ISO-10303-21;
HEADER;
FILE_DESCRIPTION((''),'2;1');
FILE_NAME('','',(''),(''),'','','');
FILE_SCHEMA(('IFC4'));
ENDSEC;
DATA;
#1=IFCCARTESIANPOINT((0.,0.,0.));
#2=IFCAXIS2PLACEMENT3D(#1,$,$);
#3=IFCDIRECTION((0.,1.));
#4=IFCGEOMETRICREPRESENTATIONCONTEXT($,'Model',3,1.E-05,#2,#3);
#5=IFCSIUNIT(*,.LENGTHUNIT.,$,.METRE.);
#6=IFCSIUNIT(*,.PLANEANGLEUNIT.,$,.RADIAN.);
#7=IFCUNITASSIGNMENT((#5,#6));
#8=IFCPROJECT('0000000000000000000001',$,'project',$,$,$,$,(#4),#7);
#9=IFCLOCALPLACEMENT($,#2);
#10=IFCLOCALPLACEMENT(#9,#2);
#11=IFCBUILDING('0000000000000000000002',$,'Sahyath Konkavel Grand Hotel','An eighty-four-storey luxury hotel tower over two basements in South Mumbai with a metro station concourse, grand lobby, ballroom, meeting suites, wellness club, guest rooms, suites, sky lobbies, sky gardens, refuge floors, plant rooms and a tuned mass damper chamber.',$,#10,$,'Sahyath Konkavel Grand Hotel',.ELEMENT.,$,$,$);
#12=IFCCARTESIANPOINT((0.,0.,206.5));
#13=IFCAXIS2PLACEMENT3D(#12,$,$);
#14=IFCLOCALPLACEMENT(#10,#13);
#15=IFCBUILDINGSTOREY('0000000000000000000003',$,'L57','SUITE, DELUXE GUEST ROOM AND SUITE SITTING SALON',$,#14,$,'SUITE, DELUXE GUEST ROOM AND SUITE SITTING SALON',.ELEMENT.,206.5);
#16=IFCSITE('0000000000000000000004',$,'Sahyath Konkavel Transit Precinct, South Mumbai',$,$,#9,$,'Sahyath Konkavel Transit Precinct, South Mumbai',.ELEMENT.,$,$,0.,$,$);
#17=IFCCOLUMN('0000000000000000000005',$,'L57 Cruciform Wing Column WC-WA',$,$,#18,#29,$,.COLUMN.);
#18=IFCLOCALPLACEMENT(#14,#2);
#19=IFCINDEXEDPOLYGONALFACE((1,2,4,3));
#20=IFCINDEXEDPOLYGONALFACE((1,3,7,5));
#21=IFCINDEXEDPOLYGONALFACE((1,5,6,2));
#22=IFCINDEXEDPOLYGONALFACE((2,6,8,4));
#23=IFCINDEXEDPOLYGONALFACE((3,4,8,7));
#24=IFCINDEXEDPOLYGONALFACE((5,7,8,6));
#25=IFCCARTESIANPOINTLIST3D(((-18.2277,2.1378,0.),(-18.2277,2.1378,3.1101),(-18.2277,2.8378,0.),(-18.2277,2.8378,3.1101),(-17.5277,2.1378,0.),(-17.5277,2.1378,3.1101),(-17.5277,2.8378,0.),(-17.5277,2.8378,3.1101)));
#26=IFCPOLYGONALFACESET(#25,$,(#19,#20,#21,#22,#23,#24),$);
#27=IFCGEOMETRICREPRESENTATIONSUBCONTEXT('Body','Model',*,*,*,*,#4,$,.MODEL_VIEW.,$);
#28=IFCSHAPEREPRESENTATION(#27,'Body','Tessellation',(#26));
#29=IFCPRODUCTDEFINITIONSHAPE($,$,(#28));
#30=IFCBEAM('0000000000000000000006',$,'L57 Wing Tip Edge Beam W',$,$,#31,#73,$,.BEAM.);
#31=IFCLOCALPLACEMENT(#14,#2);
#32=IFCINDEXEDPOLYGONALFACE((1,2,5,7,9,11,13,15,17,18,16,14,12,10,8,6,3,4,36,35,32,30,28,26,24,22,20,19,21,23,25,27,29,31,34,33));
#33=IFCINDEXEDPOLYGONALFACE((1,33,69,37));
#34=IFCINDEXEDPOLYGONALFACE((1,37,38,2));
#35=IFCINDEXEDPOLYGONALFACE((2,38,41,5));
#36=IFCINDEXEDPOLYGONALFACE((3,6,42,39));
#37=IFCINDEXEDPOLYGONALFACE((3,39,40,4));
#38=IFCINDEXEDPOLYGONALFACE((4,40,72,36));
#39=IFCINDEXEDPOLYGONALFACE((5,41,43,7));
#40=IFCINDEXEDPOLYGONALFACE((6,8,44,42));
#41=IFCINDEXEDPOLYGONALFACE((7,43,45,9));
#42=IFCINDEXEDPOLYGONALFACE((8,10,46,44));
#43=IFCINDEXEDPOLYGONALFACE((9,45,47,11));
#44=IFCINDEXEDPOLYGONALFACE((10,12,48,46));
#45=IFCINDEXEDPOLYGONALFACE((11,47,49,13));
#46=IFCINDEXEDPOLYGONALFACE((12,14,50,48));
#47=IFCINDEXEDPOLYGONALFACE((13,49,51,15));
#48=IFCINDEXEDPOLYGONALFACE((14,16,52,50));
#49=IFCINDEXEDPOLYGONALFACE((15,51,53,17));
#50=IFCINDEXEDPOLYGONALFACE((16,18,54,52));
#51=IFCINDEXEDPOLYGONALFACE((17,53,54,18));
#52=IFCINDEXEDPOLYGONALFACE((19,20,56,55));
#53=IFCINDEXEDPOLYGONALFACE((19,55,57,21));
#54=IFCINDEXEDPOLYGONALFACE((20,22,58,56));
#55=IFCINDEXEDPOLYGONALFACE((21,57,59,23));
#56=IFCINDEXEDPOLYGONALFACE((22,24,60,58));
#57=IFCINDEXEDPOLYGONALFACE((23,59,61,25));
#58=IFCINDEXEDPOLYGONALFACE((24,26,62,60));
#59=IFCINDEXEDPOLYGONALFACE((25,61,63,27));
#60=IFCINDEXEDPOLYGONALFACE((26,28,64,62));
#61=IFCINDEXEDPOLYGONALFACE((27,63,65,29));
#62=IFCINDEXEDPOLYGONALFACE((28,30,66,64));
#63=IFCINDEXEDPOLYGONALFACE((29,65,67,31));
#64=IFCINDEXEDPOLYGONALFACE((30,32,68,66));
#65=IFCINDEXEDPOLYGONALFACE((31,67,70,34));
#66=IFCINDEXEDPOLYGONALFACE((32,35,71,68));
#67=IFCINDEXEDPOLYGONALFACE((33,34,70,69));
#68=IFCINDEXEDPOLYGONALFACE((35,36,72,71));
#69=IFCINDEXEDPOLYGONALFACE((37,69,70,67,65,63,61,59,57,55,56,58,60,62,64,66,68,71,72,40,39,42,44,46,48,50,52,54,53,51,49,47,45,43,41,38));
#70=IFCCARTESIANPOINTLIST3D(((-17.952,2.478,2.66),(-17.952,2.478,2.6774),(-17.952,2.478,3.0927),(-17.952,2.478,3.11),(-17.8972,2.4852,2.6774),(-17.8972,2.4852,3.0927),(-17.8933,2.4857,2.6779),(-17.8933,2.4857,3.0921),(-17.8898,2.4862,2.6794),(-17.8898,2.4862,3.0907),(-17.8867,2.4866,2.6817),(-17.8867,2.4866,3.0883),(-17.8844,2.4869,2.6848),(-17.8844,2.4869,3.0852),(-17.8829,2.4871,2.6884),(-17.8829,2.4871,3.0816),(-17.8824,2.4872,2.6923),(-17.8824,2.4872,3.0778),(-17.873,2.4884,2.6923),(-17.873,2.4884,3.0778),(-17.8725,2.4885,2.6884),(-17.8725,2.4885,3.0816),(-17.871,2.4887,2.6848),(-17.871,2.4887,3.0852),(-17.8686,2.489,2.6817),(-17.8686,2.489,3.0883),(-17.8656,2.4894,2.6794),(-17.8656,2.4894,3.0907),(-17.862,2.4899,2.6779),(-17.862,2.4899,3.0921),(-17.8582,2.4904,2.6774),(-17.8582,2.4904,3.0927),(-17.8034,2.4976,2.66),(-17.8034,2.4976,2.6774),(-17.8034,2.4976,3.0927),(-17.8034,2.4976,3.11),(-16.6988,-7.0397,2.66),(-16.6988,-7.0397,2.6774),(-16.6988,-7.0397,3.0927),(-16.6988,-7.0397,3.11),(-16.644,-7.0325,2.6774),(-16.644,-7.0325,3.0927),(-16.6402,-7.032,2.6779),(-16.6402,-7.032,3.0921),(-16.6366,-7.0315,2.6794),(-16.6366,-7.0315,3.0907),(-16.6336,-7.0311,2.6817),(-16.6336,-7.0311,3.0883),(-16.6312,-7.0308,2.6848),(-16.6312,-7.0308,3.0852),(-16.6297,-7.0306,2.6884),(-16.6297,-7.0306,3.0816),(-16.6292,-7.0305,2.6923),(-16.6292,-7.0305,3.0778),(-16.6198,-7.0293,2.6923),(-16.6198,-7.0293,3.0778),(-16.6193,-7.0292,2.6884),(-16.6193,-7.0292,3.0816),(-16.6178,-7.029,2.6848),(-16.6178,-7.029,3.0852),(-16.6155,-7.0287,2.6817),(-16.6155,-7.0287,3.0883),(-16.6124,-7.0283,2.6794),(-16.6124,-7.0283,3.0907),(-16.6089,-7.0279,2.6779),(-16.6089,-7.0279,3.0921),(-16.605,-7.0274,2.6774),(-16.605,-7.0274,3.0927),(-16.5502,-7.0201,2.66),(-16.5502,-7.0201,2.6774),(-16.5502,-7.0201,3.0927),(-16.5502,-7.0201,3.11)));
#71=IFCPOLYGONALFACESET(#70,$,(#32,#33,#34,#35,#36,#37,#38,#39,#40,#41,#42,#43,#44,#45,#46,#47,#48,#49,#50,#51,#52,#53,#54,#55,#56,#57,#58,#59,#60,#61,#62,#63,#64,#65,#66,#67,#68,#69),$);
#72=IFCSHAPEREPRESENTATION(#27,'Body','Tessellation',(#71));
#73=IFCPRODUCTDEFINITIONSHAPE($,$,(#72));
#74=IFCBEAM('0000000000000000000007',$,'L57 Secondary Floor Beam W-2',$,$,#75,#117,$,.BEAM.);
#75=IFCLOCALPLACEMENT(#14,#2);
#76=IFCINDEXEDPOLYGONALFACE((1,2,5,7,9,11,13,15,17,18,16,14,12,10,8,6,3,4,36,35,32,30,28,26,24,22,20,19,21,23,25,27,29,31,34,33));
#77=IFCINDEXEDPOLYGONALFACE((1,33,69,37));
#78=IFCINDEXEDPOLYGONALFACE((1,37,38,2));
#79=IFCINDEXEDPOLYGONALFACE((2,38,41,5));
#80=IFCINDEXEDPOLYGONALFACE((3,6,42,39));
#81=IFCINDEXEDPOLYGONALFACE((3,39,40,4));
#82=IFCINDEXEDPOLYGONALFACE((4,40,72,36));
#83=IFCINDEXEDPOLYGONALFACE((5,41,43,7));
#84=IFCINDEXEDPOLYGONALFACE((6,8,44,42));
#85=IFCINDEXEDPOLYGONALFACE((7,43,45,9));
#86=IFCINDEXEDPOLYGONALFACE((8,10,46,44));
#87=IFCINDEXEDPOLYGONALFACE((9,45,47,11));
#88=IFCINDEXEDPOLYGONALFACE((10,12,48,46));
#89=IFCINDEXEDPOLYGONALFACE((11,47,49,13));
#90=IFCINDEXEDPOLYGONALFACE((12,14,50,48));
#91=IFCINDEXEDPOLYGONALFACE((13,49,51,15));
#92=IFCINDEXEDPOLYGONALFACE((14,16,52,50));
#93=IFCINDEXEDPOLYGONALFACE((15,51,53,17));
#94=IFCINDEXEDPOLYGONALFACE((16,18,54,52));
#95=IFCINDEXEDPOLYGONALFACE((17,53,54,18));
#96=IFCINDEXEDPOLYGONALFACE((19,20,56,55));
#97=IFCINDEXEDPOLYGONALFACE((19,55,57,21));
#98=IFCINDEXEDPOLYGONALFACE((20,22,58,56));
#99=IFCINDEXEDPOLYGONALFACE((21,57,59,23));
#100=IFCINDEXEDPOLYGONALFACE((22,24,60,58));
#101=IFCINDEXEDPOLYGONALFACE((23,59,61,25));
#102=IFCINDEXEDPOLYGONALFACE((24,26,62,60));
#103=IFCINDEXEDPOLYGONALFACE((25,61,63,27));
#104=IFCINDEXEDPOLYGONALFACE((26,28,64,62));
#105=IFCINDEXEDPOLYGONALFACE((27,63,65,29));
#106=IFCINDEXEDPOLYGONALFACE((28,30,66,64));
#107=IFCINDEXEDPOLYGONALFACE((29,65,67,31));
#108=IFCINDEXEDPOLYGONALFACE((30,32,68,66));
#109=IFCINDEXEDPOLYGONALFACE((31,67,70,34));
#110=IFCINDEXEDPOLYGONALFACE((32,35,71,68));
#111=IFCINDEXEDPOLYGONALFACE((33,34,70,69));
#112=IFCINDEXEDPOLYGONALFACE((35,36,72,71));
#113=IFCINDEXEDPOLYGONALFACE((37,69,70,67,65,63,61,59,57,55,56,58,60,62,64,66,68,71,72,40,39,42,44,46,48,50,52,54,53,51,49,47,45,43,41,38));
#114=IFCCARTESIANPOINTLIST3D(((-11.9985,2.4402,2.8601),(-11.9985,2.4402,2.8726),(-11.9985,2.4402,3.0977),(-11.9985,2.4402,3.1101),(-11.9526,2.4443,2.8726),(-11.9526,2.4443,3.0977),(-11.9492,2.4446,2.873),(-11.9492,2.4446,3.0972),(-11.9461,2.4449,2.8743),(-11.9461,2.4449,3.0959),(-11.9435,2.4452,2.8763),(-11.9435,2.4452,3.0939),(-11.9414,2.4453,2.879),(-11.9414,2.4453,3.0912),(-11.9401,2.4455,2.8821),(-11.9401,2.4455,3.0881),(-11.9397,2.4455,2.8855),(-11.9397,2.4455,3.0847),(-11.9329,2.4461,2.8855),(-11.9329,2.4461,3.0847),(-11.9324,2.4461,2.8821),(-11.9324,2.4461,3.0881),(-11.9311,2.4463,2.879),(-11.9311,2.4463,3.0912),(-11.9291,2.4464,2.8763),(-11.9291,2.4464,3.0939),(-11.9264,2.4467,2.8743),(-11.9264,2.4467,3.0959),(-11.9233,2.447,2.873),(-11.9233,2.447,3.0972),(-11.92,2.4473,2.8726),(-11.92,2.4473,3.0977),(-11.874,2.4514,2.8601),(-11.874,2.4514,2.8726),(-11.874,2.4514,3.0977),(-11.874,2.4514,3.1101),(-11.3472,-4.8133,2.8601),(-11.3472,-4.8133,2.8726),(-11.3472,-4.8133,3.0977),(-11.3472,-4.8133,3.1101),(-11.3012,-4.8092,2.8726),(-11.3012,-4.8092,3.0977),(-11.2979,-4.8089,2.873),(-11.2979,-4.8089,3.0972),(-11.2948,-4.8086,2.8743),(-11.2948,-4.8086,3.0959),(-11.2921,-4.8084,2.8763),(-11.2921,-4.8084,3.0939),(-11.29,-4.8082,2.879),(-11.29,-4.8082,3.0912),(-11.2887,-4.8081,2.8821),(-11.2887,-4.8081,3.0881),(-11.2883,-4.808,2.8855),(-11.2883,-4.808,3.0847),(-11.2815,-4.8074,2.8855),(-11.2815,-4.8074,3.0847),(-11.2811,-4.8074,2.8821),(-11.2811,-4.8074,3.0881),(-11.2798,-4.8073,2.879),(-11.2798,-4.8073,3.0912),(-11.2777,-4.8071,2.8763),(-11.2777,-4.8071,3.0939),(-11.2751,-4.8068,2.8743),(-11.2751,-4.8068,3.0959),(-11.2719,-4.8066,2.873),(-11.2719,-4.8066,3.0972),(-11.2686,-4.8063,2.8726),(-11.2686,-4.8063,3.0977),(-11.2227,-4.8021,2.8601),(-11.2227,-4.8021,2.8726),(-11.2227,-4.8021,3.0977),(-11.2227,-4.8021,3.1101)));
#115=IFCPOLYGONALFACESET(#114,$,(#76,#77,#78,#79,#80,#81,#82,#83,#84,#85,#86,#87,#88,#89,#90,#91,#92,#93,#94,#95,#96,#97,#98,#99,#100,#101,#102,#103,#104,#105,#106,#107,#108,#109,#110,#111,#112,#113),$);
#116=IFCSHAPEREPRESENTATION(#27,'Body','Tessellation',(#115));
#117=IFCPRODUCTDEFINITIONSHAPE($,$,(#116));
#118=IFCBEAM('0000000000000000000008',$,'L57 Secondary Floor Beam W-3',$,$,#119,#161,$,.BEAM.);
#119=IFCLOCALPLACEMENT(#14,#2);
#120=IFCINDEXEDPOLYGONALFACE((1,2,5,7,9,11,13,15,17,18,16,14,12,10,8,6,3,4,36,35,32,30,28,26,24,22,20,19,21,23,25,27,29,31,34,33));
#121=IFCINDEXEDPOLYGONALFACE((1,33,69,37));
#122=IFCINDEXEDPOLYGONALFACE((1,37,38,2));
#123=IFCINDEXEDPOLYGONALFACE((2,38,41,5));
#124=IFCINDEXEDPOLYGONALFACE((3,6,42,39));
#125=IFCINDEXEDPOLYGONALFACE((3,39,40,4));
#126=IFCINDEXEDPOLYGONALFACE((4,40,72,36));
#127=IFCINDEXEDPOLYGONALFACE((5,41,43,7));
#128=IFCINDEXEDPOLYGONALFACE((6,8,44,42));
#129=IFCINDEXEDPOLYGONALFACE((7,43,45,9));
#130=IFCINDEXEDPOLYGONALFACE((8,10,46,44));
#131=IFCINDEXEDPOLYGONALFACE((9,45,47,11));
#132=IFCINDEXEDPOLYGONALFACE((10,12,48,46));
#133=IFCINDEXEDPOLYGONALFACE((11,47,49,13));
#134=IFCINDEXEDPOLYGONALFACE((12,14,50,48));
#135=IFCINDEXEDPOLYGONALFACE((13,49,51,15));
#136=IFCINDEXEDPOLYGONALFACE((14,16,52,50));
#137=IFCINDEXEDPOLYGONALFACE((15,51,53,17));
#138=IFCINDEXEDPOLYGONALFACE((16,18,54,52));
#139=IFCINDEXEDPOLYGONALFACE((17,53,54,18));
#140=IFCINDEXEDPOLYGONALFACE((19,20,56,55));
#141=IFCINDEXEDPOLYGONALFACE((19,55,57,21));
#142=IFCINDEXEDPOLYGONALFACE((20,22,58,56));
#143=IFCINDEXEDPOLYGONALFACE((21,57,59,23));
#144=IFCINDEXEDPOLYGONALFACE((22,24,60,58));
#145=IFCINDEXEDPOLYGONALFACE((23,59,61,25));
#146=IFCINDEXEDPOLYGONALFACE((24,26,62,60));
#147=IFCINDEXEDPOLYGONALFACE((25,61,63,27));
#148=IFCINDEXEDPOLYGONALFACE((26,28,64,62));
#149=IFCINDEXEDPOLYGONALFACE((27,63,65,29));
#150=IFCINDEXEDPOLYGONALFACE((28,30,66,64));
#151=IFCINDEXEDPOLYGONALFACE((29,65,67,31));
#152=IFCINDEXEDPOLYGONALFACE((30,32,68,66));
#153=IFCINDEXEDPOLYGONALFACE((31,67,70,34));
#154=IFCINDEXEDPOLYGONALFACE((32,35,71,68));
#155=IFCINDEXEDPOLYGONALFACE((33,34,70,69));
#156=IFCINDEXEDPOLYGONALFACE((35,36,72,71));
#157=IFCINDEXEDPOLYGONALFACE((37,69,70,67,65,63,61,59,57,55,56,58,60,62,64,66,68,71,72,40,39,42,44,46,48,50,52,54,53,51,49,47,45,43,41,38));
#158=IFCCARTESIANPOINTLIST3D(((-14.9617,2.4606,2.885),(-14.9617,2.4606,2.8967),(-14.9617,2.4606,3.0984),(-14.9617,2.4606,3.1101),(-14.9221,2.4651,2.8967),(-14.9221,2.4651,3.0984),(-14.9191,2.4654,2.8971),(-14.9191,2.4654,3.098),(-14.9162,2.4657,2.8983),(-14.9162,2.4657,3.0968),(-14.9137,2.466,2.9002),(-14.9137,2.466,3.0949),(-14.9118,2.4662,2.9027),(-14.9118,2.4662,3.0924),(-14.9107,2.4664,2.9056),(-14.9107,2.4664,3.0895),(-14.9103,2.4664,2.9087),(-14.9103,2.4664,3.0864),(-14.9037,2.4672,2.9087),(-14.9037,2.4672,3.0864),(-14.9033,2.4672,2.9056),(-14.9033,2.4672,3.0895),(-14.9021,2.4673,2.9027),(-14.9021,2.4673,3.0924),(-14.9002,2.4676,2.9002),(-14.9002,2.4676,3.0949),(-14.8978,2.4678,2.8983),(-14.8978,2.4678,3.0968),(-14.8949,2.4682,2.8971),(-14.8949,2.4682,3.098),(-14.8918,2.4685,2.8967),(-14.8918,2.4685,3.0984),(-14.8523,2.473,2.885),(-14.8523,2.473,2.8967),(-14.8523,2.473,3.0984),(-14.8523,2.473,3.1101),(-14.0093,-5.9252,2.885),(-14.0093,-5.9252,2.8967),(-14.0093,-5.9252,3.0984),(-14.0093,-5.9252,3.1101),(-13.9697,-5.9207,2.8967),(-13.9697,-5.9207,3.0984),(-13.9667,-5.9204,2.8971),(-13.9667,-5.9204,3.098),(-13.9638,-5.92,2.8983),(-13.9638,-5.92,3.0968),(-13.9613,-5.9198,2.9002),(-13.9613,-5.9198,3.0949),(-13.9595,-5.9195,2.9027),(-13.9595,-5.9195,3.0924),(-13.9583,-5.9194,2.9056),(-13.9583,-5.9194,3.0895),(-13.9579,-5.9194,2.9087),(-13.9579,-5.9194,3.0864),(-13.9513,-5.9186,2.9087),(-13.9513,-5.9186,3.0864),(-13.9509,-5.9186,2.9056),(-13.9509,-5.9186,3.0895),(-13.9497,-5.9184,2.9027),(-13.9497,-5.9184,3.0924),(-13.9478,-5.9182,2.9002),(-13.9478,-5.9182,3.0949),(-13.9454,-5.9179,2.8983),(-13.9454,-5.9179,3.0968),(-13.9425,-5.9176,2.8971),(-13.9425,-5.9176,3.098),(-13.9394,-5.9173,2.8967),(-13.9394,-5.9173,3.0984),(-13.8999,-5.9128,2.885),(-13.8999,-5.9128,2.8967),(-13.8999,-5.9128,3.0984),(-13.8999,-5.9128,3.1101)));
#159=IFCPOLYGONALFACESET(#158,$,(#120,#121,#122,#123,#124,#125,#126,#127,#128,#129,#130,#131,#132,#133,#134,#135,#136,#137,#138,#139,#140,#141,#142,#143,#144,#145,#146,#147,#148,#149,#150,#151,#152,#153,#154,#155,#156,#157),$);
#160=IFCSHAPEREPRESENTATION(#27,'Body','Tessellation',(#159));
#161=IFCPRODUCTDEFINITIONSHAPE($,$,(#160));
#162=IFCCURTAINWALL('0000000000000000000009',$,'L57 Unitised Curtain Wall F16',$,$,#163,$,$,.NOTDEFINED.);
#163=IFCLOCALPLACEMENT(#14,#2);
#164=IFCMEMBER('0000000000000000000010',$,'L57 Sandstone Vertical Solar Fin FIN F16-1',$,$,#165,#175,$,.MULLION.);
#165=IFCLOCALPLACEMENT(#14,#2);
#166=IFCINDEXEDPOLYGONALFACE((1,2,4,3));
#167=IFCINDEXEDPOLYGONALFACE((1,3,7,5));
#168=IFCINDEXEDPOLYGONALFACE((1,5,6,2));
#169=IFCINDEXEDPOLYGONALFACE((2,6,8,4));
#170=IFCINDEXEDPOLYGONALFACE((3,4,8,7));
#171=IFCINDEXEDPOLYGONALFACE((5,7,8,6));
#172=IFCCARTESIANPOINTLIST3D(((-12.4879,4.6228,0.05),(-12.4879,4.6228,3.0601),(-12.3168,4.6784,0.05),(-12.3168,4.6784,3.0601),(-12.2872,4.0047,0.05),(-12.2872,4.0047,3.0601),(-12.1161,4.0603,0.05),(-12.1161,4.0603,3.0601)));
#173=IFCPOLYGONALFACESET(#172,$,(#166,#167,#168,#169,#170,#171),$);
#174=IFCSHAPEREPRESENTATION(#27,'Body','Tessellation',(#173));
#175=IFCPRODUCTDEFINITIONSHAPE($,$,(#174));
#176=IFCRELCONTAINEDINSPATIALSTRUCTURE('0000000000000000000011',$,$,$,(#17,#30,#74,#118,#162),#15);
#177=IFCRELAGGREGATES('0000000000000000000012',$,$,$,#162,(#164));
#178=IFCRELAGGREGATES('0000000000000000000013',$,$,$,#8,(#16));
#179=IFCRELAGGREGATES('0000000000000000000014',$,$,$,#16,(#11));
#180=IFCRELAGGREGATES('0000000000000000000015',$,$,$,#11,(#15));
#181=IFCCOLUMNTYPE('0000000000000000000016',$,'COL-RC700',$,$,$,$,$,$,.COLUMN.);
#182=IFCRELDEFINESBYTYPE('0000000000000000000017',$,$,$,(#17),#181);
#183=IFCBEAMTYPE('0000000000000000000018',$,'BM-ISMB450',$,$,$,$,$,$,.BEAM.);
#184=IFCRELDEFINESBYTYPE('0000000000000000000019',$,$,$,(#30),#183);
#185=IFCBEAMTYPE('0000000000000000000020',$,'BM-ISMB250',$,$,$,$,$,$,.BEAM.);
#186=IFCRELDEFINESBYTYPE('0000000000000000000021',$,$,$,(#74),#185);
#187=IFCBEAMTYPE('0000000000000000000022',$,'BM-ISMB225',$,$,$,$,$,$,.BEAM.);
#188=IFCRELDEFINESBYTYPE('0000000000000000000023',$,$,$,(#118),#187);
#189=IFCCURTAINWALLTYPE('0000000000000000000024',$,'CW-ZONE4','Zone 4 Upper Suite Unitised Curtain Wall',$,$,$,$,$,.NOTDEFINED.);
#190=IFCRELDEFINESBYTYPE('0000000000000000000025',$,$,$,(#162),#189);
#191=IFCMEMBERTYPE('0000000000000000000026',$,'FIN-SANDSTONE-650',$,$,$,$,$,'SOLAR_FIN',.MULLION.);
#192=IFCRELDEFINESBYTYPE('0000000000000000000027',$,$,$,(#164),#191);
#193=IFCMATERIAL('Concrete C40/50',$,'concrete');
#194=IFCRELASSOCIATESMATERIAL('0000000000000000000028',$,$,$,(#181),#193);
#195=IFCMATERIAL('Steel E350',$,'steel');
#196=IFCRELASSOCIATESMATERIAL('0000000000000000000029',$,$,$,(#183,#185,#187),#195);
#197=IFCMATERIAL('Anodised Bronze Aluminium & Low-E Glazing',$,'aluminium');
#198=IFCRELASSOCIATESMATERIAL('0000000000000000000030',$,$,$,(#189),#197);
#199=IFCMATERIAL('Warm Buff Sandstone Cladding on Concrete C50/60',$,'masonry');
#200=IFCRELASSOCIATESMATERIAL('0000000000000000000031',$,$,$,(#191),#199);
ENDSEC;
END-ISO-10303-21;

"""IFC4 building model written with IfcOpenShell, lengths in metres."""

from ifc_helpers import new_model, si_unit, direction, frame, origin, origin_2d, place, context, subcontext, project, spatial, rectangle, i_section, extrude, source, transform, mapped, material, material_profile, profile_set, type_object, element, aggregate, save


model = new_model("IFC4")

# Units and contexts
model_context = context("Model", 3, precision=1e-05, world=origin(), true_north=direction((0.0, 1.0)))
body_context = subcontext(model_context, "Body", "Model", "MODEL_VIEW")
ifc_project = project(units=[si_unit("LENGTHUNIT", "METRE"), si_unit("PLANEANGLEUNIT", "RADIAN")], contexts=[model_context])

# Site, building, storey
site_placement = place(None, origin())
site = spatial("IfcSite", under=ifc_project, at=site_placement, Name="Sahyath Konkavel Transit Precinct, South Mumbai", LongName="Sahyath Konkavel Transit Precinct, South Mumbai", CompositionType="ELEMENT", RefElevation=0.0)
building_placement = place(site_placement, origin())
building = spatial("IfcBuilding", under=site, at=building_placement, Name="Sahyath Konkavel Grand Hotel", Description="An eighty-four-storey luxury hotel tower over two basements in South Mumbai with a metro station concourse, grand lobby, ballroom, meeting suites, wellness club, guest rooms, suites, sky lobbies, sky gardens, refuge floors, plant rooms and a tuned mass damper chamber.", LongName="Sahyath Konkavel Grand Hotel", CompositionType="ELEMENT")
storey_placement = place(building_placement, frame((0.0, 0.0, 206.5)))
storey = spatial("IfcBuildingStorey", under=building, at=storey_placement, Name="L57", Description="SUITE, DELUXE GUEST ROOM AND SUITE SITTING SALON", LongName="SUITE, DELUXE GUEST ROOM AND SUITE SITTING SALON", CompositionType="ELEMENT", Elevation=206.5)

# Column
ifc_material_1 = material(Name="Concrete C40/50", Category="concrete")
ifc_material_profile_1 = material_profile(ifc_material_1, rectangle(XDim=0.7, YDim=0.7, at=origin_2d()), Name="RC 700x700")
ifc_profile_set_1 = profile_set([ifc_material_profile_1], Name="Concrete C40/50")
column_type = type_object("IfcColumnType", Name="COL-RC700", PredefinedType="COLUMN", material=ifc_profile_set_1)
shared_shape_1 = source(origin(), body_context, "Body", "SweptSolid", [
    extrude(rectangle(XDim=0.7, YDim=0.7, at=origin_2d()), origin(), (0.0, 0.0, 1.0), 3.1101),
])
column_placement = place(storey_placement, frame((-17.8777, 2.4878, 0.0), z_axis=(0.0, 0.0, 1.0), x_axis=(1.0, 0.0, 0.0)))
element("IfcColumn", 1, at=column_placement, inside=storey, type_object=column_type, Name="L57 Cruciform Wing Column WC-WA", PredefinedType="COLUMN", context=body_context, shape_type="MappedRepresentation", body=[
    mapped(shared_shape_1, transform((0.0, 0.0, 0.0), scale=1.0)),
])

# Beams
ifc_material_2 = material(Name="Steel E350", Category="steel")
ifc_material_profile_2 = material_profile(ifc_material_2, i_section(OverallWidth=0.1499, OverallDepth=0.45, WebThickness=0.0095, FlangeThickness=0.0173, FilletRadius=0.0149, at=origin_2d()), Name="ISMB 450")
ifc_profile_set_2 = profile_set([ifc_material_profile_2], Name="Steel E350")
beam_type_1 = type_object("IfcBeamType", Name="BM-ISMB450", PredefinedType="BEAM", material=ifc_profile_set_2)
shared_shape_2 = source(origin(), body_context, "Body", "SweptSolid", [
    extrude(i_section(OverallWidth=0.1499, OverallDepth=0.45, WebThickness=0.0095, FlangeThickness=0.0173, FilletRadius=0.0149, at=origin_2d()), origin(), (0.0, 0.0, 1.0), 9.5999),
])
beam_1_placement = place(storey_placement, frame((-17.8777, 2.4878, 2.885), z_axis=(0.130539, -0.991443, 0.0), x_axis=(0.991443, 0.130539, 0.0)))
element("IfcBeam", 2, at=beam_1_placement, inside=storey, type_object=beam_type_1, Name="L57 Wing Tip Edge Beam W", PredefinedType="BEAM", context=body_context, shape_type="MappedRepresentation", body=[
    mapped(shared_shape_2, transform((0.0, 0.0, 0.0), scale=1.0)),
])
ifc_material_profile_3 = material_profile(ifc_material_2, i_section(OverallWidth=0.125, OverallDepth=0.25, WebThickness=0.0068, FlangeThickness=0.0125, FilletRadius=0.0129, at=origin_2d()), Name="ISMB 250")
ifc_profile_set_3 = profile_set([ifc_material_profile_3], Name="Steel E350")
beam_type_2 = type_object("IfcBeamType", Name="BM-ISMB250", PredefinedType="BEAM", material=ifc_profile_set_3)
shared_shape_3 = source(origin(), body_context, "Body", "SweptSolid", [
    extrude(i_section(OverallWidth=0.125, OverallDepth=0.25, WebThickness=0.0068, FlangeThickness=0.0125, FilletRadius=0.0129, at=origin_2d()), origin(), (0.0, 0.0, 1.0), 7.2827),
])
beam_2_placement = place(storey_placement, frame((-11.9363, 2.4458, 2.9851), z_axis=(0.089441, -0.995992, 0.0), x_axis=(0.995992, 0.089441, 0.0)))
element("IfcBeam", 3, at=beam_2_placement, inside=storey, type_object=beam_type_2, Name="L57 Secondary Floor Beam W-2", PredefinedType="BEAM", context=body_context, shape_type="MappedRepresentation", body=[
    mapped(shared_shape_3, transform((0.0, 0.0, 0.0), scale=1.0)),
])
ifc_material_profile_4 = material_profile(ifc_material_2, i_section(OverallWidth=0.1101, OverallDepth=0.2251, WebThickness=0.0066, FlangeThickness=0.0117, FilletRadius=0.012, at=origin_2d()), Name="ISMB 225")
ifc_profile_set_4 = profile_set([ifc_material_profile_4], Name="Steel E350")
beam_type_3 = type_object("IfcBeamType", Name="BM-ISMB225", PredefinedType="BEAM", material=ifc_profile_set_4)
shared_shape_4 = source(origin(), body_context, "Body", "SweptSolid", [
    extrude(i_section(OverallWidth=0.1101, OverallDepth=0.2251, WebThickness=0.0066, FlangeThickness=0.0117, FilletRadius=0.012, at=origin_2d()), origin(), (0.0, 0.0, 1.0), 8.4397),
])
beam_3_placement = place(storey_placement, frame((-14.907, 2.4668, 2.9976), z_axis=(0.112847, -0.993612, 0.0), x_axis=(0.993612, 0.112847, 0.0)))
element("IfcBeam", 4, at=beam_3_placement, inside=storey, type_object=beam_type_3, Name="L57 Secondary Floor Beam W-3", PredefinedType="BEAM", context=body_context, shape_type="MappedRepresentation", body=[
    mapped(shared_shape_4, transform((0.0, 0.0, 0.0), scale=1.0)),
])

# Curtain wall, member
ifc_material_3 = material(Name="Anodised Bronze Aluminium & Low-E Glazing", Category="aluminium")
curtain_wall_type = type_object("IfcCurtainWallType", Name="CW-ZONE4", Description="Zone 4 Upper Suite Unitised Curtain Wall", PredefinedType="NOTDEFINED", material=ifc_material_3)
curtain_wall_1_placement = place(storey_placement, origin())
curtain_wall_1 = element("IfcCurtainWall", 5, at=curtain_wall_1_placement, inside=storey, type_object=curtain_wall_type, Name="L57 Unitised Curtain Wall F16", PredefinedType="NOTDEFINED")
ifc_material_4 = material(Name="Warm Buff Sandstone Cladding on Concrete C50/60", Category="masonry")
ifc_material_profile_5 = material_profile(ifc_material_4, rectangle(XDim=0.1799, YDim=0.6499, at=origin_2d()), Name="FIN 180x650")
ifc_profile_set_5 = profile_set([ifc_material_profile_5], Name="Warm Buff Sandstone Cladding on Concrete C50/60")
member_type_1 = type_object("IfcMemberType", Name="FIN-SANDSTONE-650", ElementType="SOLAR_FIN", PredefinedType="MULLION", material=ifc_profile_set_5)
shared_shape_5 = source(origin(), body_context, "Body", "SweptSolid", [
    extrude(rectangle(XDim=0.1799, YDim=0.6499, at=origin_2d()), origin(), (0.0, 0.0, 1.0), 3.01),
])
member_1_placement = place(storey_placement, frame((-12.302, 4.3416, 0.05), z_axis=(0.0, 0.0, 1.0), x_axis=(0.95111, 0.308851, 0.0)))
member_1 = element("IfcMember", 6, at=member_1_placement, type_object=member_type_1, Name="L57 Sandstone Vertical Solar Fin FIN F16-1", PredefinedType="MULLION", context=body_context, shape_type="MappedRepresentation", body=[
    mapped(shared_shape_5, transform((0.0, 0.0, 0.0), scale=1.0)),
])

aggregate(curtain_wall_1, [member_1])

save(model, "model.ifc")
